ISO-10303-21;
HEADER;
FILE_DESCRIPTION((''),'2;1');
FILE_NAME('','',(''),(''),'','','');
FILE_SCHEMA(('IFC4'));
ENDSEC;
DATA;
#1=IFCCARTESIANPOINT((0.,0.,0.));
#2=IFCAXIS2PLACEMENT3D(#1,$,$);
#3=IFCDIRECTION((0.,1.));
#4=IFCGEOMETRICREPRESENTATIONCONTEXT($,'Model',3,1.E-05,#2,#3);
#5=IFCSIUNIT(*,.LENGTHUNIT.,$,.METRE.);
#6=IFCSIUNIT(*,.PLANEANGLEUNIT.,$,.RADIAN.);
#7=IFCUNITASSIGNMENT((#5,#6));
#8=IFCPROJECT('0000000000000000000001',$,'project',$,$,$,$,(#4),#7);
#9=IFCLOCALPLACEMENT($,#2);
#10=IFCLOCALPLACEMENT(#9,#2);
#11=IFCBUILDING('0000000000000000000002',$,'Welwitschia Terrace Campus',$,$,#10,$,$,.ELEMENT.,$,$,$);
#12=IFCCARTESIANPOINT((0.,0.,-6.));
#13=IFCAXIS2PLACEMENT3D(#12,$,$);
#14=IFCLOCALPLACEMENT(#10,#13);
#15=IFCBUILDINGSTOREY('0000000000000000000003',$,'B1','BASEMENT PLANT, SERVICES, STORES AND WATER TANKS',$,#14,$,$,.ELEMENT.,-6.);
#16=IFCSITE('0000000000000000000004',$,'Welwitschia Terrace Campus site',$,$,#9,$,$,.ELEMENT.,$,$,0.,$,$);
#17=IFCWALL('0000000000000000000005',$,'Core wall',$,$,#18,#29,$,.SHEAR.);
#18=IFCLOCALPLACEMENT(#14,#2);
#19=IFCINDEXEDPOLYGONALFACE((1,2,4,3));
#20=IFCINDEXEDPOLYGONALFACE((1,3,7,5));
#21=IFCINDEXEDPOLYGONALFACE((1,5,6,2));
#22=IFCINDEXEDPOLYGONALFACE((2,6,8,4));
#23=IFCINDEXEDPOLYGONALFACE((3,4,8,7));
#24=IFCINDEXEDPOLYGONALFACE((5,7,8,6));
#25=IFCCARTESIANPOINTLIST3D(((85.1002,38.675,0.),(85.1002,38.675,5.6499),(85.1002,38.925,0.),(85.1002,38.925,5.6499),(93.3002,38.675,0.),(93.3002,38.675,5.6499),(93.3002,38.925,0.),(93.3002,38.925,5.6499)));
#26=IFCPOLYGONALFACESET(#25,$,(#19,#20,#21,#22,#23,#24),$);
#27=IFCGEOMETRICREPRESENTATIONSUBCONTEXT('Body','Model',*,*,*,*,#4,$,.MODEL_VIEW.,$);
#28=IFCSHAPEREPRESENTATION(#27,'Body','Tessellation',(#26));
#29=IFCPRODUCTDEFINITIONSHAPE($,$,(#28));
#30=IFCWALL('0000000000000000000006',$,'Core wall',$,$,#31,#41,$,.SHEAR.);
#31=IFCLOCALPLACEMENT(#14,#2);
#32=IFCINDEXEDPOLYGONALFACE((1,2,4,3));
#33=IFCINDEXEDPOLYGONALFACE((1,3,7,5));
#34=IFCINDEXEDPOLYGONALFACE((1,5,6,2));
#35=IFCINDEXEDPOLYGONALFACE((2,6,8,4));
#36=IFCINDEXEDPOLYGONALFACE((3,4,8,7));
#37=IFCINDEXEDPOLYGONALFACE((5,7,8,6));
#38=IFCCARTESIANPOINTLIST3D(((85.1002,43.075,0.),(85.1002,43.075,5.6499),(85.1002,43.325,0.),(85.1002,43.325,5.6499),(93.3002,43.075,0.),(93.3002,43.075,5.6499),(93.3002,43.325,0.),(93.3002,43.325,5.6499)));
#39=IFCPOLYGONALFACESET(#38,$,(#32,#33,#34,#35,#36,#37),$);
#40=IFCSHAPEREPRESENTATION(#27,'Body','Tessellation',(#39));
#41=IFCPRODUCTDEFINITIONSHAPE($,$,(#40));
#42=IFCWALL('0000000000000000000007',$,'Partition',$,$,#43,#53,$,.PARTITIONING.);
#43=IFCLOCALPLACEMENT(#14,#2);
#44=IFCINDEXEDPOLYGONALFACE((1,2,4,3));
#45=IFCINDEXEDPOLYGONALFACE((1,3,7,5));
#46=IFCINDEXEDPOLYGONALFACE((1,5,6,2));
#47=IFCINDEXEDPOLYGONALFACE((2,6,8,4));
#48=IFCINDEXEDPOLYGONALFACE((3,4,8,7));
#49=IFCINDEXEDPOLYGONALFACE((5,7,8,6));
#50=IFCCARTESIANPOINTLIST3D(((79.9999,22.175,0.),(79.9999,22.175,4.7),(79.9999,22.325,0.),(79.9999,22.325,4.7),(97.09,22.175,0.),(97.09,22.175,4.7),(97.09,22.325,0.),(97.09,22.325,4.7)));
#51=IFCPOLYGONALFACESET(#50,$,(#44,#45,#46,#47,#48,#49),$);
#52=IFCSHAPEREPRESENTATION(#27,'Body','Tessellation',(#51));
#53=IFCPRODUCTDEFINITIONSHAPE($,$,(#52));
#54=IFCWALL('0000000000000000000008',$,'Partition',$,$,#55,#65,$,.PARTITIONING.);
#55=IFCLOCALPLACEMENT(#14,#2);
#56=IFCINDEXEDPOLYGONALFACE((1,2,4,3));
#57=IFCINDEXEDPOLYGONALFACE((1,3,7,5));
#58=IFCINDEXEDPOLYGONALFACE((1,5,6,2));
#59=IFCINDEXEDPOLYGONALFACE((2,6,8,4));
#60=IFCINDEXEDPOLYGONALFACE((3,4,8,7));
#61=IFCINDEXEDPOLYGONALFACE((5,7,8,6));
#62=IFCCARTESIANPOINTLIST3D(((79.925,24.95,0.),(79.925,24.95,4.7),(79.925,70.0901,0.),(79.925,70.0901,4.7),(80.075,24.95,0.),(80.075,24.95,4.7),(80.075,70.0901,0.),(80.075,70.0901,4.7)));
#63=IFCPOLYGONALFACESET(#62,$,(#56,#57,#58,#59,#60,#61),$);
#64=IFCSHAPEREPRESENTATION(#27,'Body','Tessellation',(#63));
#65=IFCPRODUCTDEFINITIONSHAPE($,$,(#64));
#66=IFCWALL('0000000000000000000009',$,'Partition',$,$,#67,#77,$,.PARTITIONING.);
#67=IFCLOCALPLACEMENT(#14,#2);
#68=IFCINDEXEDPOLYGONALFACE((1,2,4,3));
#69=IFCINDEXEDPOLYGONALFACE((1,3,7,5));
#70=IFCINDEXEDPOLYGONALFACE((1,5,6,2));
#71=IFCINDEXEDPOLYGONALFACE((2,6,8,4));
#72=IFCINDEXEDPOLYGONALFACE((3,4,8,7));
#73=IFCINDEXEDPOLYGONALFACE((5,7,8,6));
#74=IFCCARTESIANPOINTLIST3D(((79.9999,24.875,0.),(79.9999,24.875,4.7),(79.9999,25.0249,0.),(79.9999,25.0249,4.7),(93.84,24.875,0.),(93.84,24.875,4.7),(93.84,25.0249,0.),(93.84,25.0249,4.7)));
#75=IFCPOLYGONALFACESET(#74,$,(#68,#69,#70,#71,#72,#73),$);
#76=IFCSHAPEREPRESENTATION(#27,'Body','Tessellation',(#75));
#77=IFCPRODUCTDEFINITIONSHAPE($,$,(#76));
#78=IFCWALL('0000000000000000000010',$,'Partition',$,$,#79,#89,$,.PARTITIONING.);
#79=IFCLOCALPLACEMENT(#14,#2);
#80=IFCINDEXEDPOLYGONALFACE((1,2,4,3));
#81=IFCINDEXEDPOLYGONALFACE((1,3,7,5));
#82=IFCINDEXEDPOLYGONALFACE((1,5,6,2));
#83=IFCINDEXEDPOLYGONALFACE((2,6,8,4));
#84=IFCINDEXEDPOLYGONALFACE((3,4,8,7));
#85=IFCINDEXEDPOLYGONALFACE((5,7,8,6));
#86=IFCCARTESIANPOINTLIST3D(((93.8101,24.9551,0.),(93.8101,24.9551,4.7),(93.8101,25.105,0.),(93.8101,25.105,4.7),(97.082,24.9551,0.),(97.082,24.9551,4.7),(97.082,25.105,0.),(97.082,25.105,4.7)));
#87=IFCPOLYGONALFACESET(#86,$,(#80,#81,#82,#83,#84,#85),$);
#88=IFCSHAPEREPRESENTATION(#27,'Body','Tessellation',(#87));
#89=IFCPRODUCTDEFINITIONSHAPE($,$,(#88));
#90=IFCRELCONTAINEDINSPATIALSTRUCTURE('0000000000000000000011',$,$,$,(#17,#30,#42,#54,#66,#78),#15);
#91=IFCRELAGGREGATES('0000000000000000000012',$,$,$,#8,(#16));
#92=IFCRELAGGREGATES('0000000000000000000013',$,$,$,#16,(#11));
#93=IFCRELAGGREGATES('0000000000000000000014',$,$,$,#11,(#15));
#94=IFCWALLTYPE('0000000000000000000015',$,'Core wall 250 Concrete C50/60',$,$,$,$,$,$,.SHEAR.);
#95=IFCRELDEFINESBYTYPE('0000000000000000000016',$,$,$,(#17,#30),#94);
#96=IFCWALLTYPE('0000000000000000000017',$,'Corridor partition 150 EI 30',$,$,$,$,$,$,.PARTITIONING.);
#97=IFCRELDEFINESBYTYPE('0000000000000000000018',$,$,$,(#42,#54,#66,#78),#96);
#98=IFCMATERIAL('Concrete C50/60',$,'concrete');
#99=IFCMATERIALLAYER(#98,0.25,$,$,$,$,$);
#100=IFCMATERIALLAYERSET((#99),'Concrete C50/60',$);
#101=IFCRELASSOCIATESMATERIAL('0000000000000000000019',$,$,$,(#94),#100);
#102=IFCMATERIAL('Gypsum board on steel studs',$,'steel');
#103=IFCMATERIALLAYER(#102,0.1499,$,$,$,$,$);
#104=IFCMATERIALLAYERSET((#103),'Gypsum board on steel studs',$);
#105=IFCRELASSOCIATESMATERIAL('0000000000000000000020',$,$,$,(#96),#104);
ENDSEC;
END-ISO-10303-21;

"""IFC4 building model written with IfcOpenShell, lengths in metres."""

from ifc_helpers import new_model, si_unit, direction, frame, frame_2d, origin, place, context, subcontext, project, spatial, rectangle, extrude, material, layer, layer_set, type_object, element, save


model = new_model("IFC4")

# Units and contexts
model_context = context("Model", 3, precision=1e-05, world=origin(), true_north=direction((0.0, 1.0)))
body_context = subcontext(model_context, "Body", "Model", "MODEL_VIEW")
ifc_project = project(units=[si_unit("LENGTHUNIT", "METRE"), si_unit("PLANEANGLEUNIT", "RADIAN")], contexts=[model_context])

# Site, building, storey
site_placement = place(None, origin())
site = spatial("IfcSite", under=ifc_project, at=site_placement, Name="Welwitschia Terrace Campus site", CompositionType="ELEMENT", RefElevation=0.0)
building_placement = place(site_placement, origin())
building = spatial("IfcBuilding", under=site, at=building_placement, Name="Welwitschia Terrace Campus", CompositionType="ELEMENT")
storey_placement = place(building_placement, frame((0.0, 0.0, -6.0)))
storey = spatial("IfcBuildingStorey", under=building, at=storey_placement, Name="B1", Description="BASEMENT PLANT, SERVICES, STORES AND WATER TANKS", CompositionType="ELEMENT", Elevation=-6.0)

# Walls
ifc_material_1 = material(Name="Concrete C50/60", Category="concrete")
ifc_layer_1 = layer(ifc_material_1, 0.25)
ifc_layer_set_1 = layer_set([ifc_layer_1], Name="Concrete C50/60")
wall_type_1 = type_object("IfcWallType", Name="Core wall 250 Concrete C50/60", PredefinedType="SHEAR", material=ifc_layer_set_1)
for number, where, z_axis, x_axis, name in (
    (1, (85.1001, 38.8, 0.0), (0.0, 0.0, 1.0), (1.0, 0.0, 0.0), "Core wall"),
    (2, (85.1001, 43.2, 0.0), (0.0, 0.0, 1.0), (1.0, 0.0, 0.0), "Core wall"),
):
    element("IfcWall", number, at=place(storey_placement, frame(where, z_axis=z_axis, x_axis=x_axis)), inside=storey, type_object=wall_type_1, Name=name, PredefinedType="SHEAR", context=body_context, shape_type="SweptSolid", body=[
        extrude(rectangle(XDim=8.2, YDim=0.25, at=frame_2d((4.1001, 0.0))), origin(), (0.0, 0.0, 1.0), 5.6499),
    ])
ifc_material_2 = material(Name="Gypsum board on steel studs", Category="steel")
ifc_layer_2 = layer(ifc_material_2, 0.1499)
ifc_layer_set_2 = layer_set([ifc_layer_2], Name="Gypsum board on steel studs")
wall_type_2 = type_object("IfcWallType", Name="Corridor partition 150 EI 30", PredefinedType="PARTITIONING", material=ifc_layer_set_2)
wall_1_placement = place(storey_placement, frame((80.0, 22.25, 0.0), z_axis=(0.0, 0.0, 1.0), x_axis=(1.0, 0.0, 0.0)))
element("IfcWall", 3, at=wall_1_placement, inside=storey, type_object=wall_type_2, Name="Partition", PredefinedType="PARTITIONING", context=body_context, shape_type="SweptSolid", body=[
    extrude(rectangle(XDim=17.0901, YDim=0.1499, at=frame_2d((8.5449, 0.0))), origin(), (0.0, 0.0, 1.0), 4.7),
])
wall_2_placement = place(storey_placement, frame((80.0, 24.95, 0.0), z_axis=(0.0, 0.0, 1.0), x_axis=(0.0, 1.0, 0.0)))
element("IfcWall", 4, at=wall_2_placement, inside=storey, type_object=wall_type_2, Name="Partition", PredefinedType="PARTITIONING", context=body_context, shape_type="SweptSolid", body=[
    extrude(rectangle(XDim=45.1401, YDim=0.1499, at=frame_2d((22.5701, 0.0))), origin(), (0.0, 0.0, 1.0), 4.7),
])
wall_3_placement = place(storey_placement, frame((80.0, 24.95, 0.0), z_axis=(0.0, 0.0, 1.0), x_axis=(1.0, 0.0, 0.0)))
element("IfcWall", 5, at=wall_3_placement, inside=storey, type_object=wall_type_2, Name="Partition", PredefinedType="PARTITIONING", context=body_context, shape_type="SweptSolid", body=[
    extrude(rectangle(XDim=13.8401, YDim=0.1499, at=frame_2d((6.9199, 0.0))), origin(), (0.0, 0.0, 1.0), 4.7),
])
wall_4_placement = place(storey_placement, frame((93.8101, 25.03, 0.0), z_axis=(0.0, 0.0, 1.0), x_axis=(1.0, 0.0, 0.0)))
element("IfcWall", 6, at=wall_4_placement, inside=storey, type_object=wall_type_2, Name="Partition", PredefinedType="PARTITIONING", context=body_context, shape_type="SweptSolid", body=[
    extrude(rectangle(XDim=3.272, YDim=0.1499, at=frame_2d((1.636, 0.0))), origin(), (0.0, 0.0, 1.0), 4.7),
])

save(model, "model.ifc")
